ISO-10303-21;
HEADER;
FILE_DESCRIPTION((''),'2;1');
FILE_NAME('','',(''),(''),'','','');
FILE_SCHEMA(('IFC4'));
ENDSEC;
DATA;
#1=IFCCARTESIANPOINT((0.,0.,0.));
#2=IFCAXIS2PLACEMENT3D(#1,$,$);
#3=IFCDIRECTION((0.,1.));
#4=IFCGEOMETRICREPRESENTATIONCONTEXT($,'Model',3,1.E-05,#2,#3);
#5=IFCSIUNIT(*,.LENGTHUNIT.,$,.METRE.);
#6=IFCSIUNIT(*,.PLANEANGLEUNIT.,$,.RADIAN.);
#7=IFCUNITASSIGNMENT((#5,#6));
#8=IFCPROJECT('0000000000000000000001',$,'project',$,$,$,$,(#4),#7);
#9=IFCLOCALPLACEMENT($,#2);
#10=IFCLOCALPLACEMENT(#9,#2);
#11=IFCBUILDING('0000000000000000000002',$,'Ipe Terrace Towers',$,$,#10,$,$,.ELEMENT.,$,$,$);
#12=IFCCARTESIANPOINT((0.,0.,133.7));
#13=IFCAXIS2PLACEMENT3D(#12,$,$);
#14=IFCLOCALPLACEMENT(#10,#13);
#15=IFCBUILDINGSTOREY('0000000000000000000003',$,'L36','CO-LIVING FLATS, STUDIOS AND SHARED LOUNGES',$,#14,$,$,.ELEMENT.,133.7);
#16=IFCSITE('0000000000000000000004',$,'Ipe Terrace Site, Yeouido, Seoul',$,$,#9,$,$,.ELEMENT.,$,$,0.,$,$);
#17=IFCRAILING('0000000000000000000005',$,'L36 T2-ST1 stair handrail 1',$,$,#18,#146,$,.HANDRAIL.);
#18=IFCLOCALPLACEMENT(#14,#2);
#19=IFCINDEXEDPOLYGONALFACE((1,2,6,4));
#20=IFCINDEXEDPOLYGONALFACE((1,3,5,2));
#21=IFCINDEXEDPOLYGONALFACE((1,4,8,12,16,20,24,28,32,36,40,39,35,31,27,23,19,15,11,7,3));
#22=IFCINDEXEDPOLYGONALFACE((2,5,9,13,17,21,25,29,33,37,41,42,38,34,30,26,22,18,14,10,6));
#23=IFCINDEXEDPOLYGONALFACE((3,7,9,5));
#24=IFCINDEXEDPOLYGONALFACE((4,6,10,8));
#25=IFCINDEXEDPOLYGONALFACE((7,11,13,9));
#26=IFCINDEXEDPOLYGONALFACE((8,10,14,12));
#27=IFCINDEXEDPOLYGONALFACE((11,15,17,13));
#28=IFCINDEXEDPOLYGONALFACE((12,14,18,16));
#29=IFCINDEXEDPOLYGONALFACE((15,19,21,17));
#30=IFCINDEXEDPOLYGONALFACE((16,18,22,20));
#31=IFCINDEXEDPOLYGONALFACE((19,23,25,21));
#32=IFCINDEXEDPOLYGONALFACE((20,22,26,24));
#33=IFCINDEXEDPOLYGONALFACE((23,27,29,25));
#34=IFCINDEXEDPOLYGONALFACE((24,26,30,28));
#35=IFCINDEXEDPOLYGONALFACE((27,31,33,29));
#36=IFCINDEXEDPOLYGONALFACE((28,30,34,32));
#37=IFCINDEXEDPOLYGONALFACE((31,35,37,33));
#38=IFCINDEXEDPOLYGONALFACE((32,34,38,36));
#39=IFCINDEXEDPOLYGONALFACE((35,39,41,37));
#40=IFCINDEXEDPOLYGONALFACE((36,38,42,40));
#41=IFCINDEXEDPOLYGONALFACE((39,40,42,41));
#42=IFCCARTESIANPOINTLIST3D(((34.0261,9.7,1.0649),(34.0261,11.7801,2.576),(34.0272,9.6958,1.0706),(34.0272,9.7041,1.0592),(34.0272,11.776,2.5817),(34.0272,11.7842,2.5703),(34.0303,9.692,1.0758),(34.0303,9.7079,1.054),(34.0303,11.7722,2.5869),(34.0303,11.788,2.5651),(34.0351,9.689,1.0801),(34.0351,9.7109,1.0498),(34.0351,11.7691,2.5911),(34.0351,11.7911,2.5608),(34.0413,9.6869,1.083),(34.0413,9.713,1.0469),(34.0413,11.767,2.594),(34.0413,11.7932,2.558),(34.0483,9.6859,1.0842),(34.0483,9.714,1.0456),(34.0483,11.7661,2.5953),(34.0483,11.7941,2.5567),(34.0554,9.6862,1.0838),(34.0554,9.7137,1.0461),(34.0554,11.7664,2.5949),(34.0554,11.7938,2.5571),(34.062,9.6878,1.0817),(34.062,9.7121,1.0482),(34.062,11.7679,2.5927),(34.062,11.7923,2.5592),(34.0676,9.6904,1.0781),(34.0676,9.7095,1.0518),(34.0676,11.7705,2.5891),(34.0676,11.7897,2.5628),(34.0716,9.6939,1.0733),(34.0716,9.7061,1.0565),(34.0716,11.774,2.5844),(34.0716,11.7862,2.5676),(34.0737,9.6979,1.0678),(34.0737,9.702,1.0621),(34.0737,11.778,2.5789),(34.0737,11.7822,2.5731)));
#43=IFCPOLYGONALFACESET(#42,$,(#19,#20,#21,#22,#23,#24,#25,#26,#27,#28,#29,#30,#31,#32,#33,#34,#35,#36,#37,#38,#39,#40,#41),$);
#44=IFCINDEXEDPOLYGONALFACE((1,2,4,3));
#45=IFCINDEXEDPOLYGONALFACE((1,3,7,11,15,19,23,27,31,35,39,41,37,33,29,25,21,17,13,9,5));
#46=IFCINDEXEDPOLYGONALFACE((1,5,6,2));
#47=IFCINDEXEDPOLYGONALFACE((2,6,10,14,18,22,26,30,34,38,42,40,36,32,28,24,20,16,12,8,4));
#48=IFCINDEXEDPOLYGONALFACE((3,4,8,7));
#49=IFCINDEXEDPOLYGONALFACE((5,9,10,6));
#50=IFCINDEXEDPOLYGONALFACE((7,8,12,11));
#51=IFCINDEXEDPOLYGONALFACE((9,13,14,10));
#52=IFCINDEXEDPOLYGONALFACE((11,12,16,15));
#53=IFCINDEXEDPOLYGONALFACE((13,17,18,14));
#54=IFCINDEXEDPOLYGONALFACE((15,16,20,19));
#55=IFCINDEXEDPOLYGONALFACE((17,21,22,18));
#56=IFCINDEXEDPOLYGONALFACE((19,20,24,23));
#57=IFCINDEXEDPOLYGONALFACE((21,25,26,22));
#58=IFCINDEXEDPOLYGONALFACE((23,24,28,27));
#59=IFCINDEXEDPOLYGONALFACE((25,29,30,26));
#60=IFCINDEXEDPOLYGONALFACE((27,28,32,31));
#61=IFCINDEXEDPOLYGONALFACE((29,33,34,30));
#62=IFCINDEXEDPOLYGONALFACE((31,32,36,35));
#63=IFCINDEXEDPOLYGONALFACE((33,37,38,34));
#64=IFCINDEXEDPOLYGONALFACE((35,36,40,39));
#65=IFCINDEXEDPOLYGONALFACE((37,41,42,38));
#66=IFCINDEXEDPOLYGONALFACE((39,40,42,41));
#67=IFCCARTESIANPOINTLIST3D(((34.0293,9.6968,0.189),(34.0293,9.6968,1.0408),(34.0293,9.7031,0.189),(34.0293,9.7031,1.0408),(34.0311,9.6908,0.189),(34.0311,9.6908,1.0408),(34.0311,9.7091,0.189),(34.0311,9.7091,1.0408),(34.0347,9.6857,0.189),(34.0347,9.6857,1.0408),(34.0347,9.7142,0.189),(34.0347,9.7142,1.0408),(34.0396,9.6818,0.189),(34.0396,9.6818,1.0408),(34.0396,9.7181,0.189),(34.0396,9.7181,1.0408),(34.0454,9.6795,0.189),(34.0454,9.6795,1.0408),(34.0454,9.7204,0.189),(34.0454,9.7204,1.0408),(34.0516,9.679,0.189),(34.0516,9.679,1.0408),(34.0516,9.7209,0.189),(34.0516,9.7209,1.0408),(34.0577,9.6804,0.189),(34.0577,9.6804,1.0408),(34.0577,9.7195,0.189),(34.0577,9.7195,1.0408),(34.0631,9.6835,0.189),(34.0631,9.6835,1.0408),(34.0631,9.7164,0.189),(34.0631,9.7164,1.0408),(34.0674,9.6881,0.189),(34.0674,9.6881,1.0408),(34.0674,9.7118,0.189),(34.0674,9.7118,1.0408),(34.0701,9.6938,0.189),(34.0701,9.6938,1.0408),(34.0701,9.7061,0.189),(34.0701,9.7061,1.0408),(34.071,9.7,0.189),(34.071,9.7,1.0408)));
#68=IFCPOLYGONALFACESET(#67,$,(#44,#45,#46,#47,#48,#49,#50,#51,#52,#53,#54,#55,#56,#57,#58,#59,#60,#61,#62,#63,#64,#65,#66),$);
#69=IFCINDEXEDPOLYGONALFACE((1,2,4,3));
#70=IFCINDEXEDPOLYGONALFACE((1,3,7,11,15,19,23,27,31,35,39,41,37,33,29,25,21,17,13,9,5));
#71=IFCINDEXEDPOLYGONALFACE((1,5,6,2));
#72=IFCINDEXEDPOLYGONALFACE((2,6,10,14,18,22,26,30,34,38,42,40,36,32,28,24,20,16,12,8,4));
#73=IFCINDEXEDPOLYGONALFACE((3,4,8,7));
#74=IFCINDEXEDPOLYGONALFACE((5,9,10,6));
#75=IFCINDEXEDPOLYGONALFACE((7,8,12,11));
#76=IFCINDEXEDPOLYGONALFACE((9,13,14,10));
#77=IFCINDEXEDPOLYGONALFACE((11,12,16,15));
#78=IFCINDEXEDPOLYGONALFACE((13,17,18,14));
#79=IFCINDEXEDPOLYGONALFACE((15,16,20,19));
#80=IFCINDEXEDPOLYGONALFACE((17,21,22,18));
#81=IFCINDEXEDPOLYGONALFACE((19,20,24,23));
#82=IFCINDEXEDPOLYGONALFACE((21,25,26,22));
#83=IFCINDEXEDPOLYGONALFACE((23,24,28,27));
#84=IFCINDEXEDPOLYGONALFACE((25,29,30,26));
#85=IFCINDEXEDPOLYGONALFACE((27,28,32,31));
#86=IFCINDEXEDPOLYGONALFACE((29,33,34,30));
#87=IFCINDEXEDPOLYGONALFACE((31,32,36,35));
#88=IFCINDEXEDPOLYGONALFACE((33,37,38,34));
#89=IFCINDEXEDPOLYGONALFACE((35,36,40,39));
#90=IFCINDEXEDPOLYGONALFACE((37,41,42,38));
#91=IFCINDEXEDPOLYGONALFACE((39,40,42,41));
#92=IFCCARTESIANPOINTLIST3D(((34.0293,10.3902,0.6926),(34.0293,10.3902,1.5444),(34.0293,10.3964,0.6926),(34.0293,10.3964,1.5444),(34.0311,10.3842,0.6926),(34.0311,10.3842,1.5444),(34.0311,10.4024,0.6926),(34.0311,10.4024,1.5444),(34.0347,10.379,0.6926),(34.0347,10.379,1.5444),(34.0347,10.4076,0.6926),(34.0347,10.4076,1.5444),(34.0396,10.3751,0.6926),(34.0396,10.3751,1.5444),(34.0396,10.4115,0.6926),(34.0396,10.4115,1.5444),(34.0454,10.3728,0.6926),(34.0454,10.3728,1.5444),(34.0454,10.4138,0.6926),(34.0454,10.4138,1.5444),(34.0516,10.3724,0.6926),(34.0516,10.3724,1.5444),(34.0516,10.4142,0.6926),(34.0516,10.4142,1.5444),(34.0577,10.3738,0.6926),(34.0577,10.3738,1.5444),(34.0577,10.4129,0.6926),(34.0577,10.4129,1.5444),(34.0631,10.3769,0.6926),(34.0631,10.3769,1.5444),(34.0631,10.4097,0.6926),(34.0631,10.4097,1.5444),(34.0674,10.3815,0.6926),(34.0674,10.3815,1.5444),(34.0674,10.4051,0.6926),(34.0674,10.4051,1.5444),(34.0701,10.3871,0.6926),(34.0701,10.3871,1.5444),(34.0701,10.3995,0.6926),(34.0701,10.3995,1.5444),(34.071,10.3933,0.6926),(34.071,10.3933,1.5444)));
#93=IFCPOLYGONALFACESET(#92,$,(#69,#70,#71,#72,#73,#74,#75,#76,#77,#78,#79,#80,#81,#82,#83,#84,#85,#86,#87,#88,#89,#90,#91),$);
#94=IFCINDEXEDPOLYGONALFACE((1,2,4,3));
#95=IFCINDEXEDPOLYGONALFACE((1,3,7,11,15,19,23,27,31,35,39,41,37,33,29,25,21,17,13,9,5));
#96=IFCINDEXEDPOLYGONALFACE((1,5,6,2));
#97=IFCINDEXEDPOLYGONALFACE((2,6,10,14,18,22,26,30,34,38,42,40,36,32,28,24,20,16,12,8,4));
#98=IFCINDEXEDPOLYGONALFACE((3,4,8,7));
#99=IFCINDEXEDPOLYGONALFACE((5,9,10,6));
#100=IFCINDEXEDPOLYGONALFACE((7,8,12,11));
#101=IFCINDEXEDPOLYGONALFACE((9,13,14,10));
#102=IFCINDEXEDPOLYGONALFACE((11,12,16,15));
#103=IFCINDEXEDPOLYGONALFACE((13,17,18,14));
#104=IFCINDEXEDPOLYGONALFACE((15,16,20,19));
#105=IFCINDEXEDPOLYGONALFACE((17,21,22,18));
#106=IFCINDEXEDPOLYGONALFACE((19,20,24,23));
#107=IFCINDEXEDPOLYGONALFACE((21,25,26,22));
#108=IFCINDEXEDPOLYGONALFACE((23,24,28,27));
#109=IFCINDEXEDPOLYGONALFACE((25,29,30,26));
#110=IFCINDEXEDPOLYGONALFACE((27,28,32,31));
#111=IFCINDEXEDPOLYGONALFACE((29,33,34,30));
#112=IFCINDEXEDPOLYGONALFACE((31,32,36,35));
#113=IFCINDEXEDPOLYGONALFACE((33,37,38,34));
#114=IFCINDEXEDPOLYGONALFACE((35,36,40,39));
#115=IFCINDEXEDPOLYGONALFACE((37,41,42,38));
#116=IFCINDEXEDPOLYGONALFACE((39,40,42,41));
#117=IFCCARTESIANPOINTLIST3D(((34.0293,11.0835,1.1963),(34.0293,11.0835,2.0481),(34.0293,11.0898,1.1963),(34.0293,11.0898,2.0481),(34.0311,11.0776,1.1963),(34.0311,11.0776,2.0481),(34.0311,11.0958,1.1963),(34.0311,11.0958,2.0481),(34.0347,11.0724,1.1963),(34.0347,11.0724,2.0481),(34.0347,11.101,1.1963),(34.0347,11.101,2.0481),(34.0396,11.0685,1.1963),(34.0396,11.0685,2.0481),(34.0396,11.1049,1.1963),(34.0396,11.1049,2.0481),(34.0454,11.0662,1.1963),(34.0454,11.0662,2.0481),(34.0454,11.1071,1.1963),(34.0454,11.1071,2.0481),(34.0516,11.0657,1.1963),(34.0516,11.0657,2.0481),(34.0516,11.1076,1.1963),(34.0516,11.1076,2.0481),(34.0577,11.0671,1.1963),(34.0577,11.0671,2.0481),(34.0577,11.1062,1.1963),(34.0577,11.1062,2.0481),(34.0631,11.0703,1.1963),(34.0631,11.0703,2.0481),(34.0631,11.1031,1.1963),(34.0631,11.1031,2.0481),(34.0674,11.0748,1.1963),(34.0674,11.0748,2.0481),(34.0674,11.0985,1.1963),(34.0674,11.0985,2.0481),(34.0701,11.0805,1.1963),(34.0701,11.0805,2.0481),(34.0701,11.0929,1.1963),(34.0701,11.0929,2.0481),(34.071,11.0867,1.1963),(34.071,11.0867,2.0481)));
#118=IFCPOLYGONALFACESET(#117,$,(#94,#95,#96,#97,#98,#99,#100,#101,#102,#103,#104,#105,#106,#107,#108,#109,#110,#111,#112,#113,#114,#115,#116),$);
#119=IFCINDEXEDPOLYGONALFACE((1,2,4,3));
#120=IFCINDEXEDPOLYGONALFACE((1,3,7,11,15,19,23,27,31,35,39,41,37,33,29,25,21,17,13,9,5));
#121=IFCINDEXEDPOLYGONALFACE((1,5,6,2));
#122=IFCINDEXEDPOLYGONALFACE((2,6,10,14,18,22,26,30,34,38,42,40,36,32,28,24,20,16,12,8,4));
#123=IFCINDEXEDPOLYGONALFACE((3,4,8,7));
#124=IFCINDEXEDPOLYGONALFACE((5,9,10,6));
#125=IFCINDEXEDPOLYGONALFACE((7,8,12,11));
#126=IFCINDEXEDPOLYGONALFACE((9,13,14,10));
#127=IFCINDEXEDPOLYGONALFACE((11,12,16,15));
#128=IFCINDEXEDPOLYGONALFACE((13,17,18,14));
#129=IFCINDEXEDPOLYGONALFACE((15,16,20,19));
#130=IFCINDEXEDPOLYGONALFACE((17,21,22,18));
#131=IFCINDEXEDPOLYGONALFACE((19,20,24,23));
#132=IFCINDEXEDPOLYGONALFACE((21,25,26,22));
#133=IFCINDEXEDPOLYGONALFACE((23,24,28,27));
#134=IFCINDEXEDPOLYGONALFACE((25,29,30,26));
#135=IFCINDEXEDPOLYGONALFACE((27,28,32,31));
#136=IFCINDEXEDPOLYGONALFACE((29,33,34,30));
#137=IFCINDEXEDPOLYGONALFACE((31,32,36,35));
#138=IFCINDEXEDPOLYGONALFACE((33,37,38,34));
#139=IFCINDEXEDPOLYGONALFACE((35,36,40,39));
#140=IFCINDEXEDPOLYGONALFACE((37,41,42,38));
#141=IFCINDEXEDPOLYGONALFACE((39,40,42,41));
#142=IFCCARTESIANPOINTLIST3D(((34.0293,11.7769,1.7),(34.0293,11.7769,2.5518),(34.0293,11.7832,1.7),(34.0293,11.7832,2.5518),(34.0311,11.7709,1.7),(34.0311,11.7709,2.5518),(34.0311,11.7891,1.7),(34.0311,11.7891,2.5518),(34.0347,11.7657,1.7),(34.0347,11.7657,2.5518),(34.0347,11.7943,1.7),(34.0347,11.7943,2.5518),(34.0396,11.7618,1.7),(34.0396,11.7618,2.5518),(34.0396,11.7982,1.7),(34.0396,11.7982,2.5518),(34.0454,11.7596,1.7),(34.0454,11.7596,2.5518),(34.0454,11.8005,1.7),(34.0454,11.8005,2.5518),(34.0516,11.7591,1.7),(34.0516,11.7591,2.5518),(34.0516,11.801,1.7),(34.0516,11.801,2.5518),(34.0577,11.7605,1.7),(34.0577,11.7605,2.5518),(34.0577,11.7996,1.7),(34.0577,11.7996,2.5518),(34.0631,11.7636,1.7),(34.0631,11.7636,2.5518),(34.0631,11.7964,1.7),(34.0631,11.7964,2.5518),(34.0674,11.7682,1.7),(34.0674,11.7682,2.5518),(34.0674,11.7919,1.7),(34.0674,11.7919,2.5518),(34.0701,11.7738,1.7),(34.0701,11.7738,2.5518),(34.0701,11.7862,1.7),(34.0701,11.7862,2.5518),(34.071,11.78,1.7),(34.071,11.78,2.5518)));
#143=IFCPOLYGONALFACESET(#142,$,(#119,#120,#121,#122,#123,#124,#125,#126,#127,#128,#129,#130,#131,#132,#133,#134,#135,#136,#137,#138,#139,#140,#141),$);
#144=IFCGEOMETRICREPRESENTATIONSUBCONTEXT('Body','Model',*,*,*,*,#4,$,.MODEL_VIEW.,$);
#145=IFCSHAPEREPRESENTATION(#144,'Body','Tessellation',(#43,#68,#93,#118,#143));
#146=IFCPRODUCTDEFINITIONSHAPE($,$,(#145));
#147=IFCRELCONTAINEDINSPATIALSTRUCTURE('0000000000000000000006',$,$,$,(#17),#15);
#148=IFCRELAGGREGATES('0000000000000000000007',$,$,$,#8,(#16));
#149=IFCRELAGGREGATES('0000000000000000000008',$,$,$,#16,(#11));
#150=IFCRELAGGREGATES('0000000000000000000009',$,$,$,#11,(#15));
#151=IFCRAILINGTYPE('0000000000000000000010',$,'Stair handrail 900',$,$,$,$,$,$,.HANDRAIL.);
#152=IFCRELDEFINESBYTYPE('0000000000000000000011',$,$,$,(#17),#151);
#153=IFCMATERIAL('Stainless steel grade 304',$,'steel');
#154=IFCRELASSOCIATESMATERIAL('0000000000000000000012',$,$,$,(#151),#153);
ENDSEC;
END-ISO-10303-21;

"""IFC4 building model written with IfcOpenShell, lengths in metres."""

from ifc_helpers import new_model, si_unit, direction, frame, origin, origin_2d, place, context, subcontext, project, spatial, circle, extrude, material, type_object, element, save


model = new_model("IFC4")

# Units and contexts
model_context = context("Model", 3, precision=1e-05, world=origin(), true_north=direction((0.0, 1.0)))
body_context = subcontext(model_context, "Body", "Model", "MODEL_VIEW")
ifc_project = project(units=[si_unit("LENGTHUNIT", "METRE"), si_unit("PLANEANGLEUNIT", "RADIAN")], contexts=[model_context])

# Site, building, storey
site_placement = place(None, origin())
site = spatial("IfcSite", under=ifc_project, at=site_placement, Name="Ipe Terrace Site, Yeouido, Seoul", CompositionType="ELEMENT", RefElevation=0.0)
building_placement = place(site_placement, origin())
building = spatial("IfcBuilding", under=site, at=building_placement, Name="Ipe Terrace Towers", CompositionType="ELEMENT")
storey_placement = place(building_placement, frame((0.0, 0.0, 133.7)))
storey = spatial("IfcBuildingStorey", under=building, at=storey_placement, Name="L36", Description="CO-LIVING FLATS, STUDIOS AND SHARED LOUNGES", CompositionType="ELEMENT", Elevation=133.7)

# Railing
ifc_material_1 = material(Name="Stainless steel grade 304", Category="steel")
railing_type_1 = type_object("IfcRailingType", Name="Stair handrail 900", PredefinedType="HANDRAIL", material=ifc_material_1)
railing_1_placement = place(storey_placement, frame((34.05, 9.7, 0.189)))
element("IfcRailing", 1, at=railing_1_placement, inside=storey, type_object=railing_type_1, Name="L36 T2-ST1 stair handrail 1", PredefinedType="HANDRAIL", context=body_context, shape_type="SweptSolid", body=[
    extrude(circle(Radius=0.0239, at=origin_2d()), frame((0.0, 0.0, 0.876), z_axis=(0.0, 0.809069, 0.587714), x_axis=(-1.0, 0.0, 0.0)), (0.0, 0.0, 1.0), 2.571),
    extrude(circle(Radius=0.021, at=origin_2d()), origin(), (0.0, 0.0, 1.0), 0.8518),
    extrude(circle(Radius=0.021, at=origin_2d()), frame((0.0, 0.6934, 0.5037)), (0.0, 0.0, 1.0), 0.8518),
    extrude(circle(Radius=0.021, at=origin_2d()), frame((0.0, 1.3867, 1.0073)), (0.0, 0.0, 1.0), 0.8518),
    extrude(circle(Radius=0.021, at=origin_2d()), frame((0.0, 2.0801, 1.511)), (0.0, 0.0, 1.0), 0.8518),
])

save(model, "model.ifc")
